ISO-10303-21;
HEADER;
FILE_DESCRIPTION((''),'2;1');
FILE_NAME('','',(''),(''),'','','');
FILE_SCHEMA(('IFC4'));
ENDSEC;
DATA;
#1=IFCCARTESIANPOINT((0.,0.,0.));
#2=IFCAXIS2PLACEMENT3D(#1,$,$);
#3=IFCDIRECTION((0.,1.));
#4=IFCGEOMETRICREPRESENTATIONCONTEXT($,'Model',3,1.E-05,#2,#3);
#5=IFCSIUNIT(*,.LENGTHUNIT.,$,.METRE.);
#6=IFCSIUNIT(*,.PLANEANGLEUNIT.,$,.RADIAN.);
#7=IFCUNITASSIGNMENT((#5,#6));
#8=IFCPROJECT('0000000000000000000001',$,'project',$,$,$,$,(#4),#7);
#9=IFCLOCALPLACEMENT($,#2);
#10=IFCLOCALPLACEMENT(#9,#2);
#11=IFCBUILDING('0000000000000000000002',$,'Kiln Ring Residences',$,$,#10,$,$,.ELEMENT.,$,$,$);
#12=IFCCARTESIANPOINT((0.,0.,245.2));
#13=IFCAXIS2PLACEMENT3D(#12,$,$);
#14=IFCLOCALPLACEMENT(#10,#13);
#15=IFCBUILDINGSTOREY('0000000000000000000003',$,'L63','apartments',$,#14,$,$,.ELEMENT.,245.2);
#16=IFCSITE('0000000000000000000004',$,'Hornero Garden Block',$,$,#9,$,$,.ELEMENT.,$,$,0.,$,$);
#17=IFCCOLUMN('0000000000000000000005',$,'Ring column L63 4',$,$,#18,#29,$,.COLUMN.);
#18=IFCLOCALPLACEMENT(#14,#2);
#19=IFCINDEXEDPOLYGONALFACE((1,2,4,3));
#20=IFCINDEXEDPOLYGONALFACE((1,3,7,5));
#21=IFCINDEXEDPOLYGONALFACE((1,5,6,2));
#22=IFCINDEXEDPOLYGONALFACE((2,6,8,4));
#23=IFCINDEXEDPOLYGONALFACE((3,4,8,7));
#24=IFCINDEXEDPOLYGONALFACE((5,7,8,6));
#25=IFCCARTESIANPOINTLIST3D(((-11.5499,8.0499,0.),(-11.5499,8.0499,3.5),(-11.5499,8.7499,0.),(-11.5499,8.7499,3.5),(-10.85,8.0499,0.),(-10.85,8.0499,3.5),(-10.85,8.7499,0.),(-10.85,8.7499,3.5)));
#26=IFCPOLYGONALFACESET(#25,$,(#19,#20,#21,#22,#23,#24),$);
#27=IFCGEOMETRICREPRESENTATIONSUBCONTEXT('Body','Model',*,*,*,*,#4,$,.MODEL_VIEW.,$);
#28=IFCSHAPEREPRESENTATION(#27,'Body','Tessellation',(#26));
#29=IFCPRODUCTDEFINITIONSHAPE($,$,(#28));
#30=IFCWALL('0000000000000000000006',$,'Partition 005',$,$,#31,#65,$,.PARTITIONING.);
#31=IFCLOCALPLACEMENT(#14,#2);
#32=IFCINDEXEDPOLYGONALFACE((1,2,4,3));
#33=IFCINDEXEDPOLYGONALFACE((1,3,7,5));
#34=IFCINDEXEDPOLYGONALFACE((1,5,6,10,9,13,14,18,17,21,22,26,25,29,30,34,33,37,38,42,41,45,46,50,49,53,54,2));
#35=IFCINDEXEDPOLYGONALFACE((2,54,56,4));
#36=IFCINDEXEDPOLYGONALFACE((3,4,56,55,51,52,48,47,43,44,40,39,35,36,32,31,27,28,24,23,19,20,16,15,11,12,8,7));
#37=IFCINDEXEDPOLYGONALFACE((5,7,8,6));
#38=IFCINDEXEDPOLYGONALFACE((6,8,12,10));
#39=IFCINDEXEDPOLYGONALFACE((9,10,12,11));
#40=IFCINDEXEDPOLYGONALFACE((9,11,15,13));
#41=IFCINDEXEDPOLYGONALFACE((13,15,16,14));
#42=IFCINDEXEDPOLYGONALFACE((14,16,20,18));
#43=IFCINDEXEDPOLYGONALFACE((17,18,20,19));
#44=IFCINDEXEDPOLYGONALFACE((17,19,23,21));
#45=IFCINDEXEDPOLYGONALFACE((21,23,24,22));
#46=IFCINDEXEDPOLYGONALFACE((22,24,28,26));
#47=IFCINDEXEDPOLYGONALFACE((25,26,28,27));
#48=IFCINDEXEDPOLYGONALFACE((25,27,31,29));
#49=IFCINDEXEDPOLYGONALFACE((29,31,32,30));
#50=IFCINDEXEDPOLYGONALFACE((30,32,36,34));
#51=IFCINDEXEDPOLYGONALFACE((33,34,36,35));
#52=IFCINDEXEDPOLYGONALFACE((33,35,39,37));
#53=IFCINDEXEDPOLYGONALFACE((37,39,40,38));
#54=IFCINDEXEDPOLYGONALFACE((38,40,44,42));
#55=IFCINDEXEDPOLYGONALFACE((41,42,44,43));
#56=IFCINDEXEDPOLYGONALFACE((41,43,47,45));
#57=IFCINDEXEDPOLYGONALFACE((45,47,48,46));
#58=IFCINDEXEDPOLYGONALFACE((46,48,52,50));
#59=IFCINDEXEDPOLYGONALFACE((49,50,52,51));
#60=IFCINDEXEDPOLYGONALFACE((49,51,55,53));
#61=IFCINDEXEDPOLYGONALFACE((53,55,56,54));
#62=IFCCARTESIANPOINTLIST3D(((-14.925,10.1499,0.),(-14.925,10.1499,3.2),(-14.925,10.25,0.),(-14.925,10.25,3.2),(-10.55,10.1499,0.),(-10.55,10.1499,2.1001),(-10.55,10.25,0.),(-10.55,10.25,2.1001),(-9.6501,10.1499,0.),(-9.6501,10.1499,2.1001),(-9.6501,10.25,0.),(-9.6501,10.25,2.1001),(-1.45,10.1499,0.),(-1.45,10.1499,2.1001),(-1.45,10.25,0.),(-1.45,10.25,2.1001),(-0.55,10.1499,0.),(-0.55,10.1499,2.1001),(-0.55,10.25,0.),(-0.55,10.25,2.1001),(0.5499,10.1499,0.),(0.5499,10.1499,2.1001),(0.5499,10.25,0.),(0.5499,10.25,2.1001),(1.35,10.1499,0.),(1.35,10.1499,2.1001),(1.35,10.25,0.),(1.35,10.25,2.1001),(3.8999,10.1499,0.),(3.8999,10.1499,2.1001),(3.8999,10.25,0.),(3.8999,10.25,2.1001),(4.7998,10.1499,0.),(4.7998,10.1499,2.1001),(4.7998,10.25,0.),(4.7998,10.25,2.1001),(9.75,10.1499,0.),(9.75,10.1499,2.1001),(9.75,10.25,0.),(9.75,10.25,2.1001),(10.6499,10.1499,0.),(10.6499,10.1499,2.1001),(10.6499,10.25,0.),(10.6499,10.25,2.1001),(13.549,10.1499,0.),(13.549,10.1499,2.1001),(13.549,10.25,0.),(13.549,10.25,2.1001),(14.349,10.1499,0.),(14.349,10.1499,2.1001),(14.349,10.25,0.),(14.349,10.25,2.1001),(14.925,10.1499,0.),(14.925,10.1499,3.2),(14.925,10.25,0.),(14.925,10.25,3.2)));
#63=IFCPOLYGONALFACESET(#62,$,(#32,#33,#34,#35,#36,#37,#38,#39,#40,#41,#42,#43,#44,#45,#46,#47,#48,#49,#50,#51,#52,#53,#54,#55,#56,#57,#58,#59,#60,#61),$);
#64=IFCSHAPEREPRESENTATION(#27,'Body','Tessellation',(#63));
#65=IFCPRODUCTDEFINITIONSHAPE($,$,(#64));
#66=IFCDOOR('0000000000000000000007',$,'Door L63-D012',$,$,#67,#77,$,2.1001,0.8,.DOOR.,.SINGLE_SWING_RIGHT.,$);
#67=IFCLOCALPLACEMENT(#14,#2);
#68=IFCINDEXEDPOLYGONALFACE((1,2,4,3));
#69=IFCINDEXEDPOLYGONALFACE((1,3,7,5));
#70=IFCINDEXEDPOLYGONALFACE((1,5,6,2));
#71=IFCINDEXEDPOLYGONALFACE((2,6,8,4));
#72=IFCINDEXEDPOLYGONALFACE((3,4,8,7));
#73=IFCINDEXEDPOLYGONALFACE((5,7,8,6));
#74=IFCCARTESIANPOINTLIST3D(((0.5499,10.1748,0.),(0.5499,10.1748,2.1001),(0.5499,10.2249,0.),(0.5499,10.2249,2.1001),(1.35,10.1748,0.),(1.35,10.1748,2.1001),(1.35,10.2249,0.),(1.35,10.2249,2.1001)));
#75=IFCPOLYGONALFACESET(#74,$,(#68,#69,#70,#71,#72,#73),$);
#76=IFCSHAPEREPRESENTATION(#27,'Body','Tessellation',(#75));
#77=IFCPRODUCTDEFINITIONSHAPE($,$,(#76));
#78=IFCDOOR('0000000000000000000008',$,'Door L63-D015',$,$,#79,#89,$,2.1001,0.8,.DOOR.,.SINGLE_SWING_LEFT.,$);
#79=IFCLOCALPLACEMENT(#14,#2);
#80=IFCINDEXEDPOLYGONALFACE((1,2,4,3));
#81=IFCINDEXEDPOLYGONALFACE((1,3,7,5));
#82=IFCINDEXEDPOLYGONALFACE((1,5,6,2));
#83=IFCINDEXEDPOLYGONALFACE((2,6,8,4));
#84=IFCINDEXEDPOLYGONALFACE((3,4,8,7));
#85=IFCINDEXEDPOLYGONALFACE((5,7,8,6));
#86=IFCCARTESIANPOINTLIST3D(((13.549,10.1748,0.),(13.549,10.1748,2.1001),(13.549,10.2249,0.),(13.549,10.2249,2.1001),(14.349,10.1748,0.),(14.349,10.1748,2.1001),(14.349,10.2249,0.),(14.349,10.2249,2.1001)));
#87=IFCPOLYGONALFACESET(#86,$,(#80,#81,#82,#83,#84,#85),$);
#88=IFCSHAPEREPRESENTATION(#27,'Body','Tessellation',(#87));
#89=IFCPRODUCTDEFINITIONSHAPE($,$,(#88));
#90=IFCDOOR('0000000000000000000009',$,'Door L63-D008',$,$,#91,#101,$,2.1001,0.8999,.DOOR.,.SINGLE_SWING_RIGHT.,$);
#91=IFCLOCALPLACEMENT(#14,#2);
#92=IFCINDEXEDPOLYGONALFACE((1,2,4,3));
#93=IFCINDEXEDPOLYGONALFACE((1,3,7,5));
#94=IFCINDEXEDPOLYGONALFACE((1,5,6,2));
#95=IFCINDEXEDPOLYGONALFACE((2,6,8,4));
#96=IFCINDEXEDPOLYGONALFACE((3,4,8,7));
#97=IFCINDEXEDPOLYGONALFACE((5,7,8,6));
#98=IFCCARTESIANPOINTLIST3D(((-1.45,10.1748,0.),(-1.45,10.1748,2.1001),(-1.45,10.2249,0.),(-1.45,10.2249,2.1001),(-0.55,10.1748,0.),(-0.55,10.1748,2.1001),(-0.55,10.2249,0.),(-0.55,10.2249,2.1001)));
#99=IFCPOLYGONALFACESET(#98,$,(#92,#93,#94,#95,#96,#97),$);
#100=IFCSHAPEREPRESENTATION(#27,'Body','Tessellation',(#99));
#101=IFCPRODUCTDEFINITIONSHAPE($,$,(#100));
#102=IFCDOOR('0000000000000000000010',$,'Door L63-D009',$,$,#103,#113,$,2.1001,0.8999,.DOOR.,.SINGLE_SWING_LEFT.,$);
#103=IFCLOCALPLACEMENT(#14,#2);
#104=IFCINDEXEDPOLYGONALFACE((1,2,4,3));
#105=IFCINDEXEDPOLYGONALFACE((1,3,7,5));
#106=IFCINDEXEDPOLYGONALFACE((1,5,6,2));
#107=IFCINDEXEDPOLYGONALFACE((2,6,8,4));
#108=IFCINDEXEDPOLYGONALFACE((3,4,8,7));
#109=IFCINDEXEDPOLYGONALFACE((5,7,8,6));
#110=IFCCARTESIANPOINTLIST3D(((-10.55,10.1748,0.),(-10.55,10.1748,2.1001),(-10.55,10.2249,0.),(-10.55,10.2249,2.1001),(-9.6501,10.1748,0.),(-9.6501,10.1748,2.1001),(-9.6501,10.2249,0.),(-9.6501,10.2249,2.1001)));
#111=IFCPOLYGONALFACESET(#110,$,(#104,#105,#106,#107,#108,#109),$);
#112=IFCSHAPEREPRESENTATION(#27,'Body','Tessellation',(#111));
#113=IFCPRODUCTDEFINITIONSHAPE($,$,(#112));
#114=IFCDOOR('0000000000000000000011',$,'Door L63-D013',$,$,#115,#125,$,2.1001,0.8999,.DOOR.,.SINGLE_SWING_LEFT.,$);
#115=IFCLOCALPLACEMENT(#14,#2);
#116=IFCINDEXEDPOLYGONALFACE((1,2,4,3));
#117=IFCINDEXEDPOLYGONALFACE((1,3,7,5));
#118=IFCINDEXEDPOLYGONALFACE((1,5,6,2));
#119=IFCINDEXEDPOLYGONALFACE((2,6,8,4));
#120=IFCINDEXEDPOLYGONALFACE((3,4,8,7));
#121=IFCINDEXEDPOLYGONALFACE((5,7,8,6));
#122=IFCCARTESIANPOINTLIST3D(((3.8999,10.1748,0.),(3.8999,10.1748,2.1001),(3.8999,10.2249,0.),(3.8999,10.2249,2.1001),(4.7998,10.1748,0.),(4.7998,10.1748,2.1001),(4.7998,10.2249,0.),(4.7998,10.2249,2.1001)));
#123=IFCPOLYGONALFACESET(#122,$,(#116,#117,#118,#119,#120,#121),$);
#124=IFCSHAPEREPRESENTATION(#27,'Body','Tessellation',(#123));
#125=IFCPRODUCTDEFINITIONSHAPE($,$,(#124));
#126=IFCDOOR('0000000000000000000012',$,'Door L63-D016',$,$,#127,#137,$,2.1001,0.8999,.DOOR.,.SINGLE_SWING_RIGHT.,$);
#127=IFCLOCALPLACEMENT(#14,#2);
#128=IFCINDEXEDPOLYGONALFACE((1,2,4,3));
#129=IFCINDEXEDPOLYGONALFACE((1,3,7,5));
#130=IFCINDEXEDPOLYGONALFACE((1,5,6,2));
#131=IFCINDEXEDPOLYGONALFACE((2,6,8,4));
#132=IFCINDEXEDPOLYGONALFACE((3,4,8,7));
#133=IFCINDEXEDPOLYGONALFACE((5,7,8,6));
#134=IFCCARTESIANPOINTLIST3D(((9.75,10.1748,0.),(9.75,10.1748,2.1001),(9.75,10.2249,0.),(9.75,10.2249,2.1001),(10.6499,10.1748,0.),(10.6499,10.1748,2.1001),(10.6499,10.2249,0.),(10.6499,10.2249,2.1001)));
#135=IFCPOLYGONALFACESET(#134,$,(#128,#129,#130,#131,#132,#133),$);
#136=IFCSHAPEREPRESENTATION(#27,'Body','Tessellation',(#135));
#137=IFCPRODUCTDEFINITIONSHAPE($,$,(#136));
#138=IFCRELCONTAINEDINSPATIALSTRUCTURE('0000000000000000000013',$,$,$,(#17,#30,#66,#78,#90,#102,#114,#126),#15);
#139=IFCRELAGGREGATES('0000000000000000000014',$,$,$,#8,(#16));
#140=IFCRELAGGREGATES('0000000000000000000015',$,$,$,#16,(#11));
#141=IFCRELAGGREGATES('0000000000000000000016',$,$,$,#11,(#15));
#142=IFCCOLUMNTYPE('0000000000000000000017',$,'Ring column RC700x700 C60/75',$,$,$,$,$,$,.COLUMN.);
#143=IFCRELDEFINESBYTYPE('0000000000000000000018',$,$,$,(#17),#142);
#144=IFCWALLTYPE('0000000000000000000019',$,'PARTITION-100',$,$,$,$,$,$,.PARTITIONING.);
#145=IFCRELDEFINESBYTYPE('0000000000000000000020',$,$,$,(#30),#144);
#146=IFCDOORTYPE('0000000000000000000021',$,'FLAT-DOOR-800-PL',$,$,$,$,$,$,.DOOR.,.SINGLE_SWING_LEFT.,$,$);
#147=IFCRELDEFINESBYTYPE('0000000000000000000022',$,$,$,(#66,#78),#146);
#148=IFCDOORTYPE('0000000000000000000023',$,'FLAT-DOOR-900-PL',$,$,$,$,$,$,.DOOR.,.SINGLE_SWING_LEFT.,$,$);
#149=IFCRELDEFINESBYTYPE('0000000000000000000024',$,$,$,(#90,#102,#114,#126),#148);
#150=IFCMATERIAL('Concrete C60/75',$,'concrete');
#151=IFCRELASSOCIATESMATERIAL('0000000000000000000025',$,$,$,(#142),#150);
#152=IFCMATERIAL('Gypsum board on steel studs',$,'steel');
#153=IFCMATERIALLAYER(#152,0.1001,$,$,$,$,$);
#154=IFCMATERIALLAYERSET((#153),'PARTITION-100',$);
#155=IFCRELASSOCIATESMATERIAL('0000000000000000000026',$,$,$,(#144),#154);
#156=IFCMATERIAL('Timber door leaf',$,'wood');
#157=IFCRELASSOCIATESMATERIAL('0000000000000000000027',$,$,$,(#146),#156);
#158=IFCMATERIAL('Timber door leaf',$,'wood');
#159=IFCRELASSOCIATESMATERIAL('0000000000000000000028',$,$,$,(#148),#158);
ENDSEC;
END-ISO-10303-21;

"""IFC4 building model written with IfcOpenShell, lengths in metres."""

from ifc_helpers import new_model, si_unit, direction, frame, frame_2d, origin, origin_2d, place, context, subcontext, project, spatial, rectangle, extrude, material, layer, layer_set, material_profile, profile_set, type_object, element, fill, save


model = new_model("IFC4")

# Units and contexts
model_context = context("Model", 3, precision=1e-05, world=origin(), true_north=direction((0.0, 1.0)))
body_context = subcontext(model_context, "Body", "Model", "MODEL_VIEW")
ifc_project = project(units=[si_unit("LENGTHUNIT", "METRE"), si_unit("PLANEANGLEUNIT", "RADIAN")], contexts=[model_context])

# Site, building, storey
site_placement = place(None, origin())
site = spatial("IfcSite", under=ifc_project, at=site_placement, Name="Hornero Garden Block", CompositionType="ELEMENT", RefElevation=0.0)
building_placement = place(site_placement, origin())
building = spatial("IfcBuilding", under=site, at=building_placement, Name="Kiln Ring Residences", CompositionType="ELEMENT")
storey_placement = place(building_placement, frame((0.0, 0.0, 245.2)))
storey = spatial("IfcBuildingStorey", under=building, at=storey_placement, Name="L63", Description="apartments", CompositionType="ELEMENT", Elevation=245.2)

# Column
ifc_material_1 = material(Name="Concrete C60/75", Category="concrete")
ifc_material_profile = material_profile(ifc_material_1, rectangle(XDim=0.7, YDim=0.7, at=origin_2d()), Name="RC700x700")
ifc_profile_set = profile_set([ifc_material_profile], Name="Concrete C60/75")
column_type = type_object("IfcColumnType", Name="Ring column RC700x700 C60/75", PredefinedType="COLUMN", material=ifc_profile_set)
column_placement = place(storey_placement, frame((-11.2, 8.3999, 0.0), z_axis=(0.0, 0.0, 1.0), x_axis=(1.0, 0.0, 0.0)))
element("IfcColumn", 1, at=column_placement, inside=storey, type_object=column_type, Name="Ring column L63 4", PredefinedType="COLUMN", context=body_context, shape_type="SweptSolid", body=[
    extrude(rectangle(XDim=0.7, YDim=0.7, at=origin_2d()), origin(), (0.0, 0.0, 1.0), 3.5),
])

# Wall, openings, doors
ifc_material_2 = material(Name="Gypsum board on steel studs", Category="steel")
ifc_layer_1 = layer(ifc_material_2, 0.1001)
ifc_layer_set_1 = layer_set([ifc_layer_1], Name="PARTITION-100")
wall_type_1 = type_object("IfcWallType", Name="PARTITION-100", PredefinedType="PARTITIONING", material=ifc_layer_set_1)
wall_1_placement = place(storey_placement, frame((-14.925, 10.2, 0.0), z_axis=(0.0, 0.0, 1.0), x_axis=(1.0, 0.0, 0.0)))
wall_1 = element("IfcWall", 2, at=wall_1_placement, inside=storey, type_object=wall_type_1, Name="Partition 005", PredefinedType="PARTITIONING", context=body_context, shape_type="SweptSolid", body=[
    extrude(rectangle(XDim=29.8501, YDim=0.1001, at=frame_2d((14.925, 0.0))), origin(), (0.0, 0.0, 1.0), 3.2),
])
opening_1_placement = place(wall_1_placement, frame((13.4751, 0.0, 0.0)))
opening_1 = element("IfcOpeningElement", 3, at=opening_1_placement, cuts=wall_1, PredefinedType="OPENING", context=body_context, shape_type="SweptSolid", body=[
    extrude(rectangle(XDim=0.8999, YDim=2.1001, at=frame_2d((0.45, 1.05))), frame((0.0, 0.0601, 0.0), z_axis=(0.0, -1.0, 0.0), x_axis=(1.0, 0.0, 0.0)), (0.0, 0.0, 1.0), 0.1201),
])
opening_2_placement = place(wall_1_placement, frame((4.375, 0.0, 0.0)))
opening_2 = element("IfcOpeningElement", 4, at=opening_2_placement, cuts=wall_1, PredefinedType="OPENING", context=body_context, shape_type="SweptSolid", body=[
    extrude(rectangle(XDim=0.8999, YDim=2.1001, at=frame_2d((0.45, 1.05))), frame((0.0, 0.0601, 0.0), z_axis=(0.0, -1.0, 0.0), x_axis=(1.0, 0.0, 0.0)), (0.0, 0.0, 1.0), 0.1201),
])
opening_3_placement = place(wall_1_placement, frame((15.4751, 0.0, 0.0)))
opening_3 = element("IfcOpeningElement", 5, at=opening_3_placement, cuts=wall_1, PredefinedType="OPENING", context=body_context, shape_type="SweptSolid", body=[
    extrude(rectangle(XDim=0.8, YDim=2.1001, at=frame_2d((0.3999, 1.05))), frame((0.0, 0.0601, 0.0), z_axis=(0.0, -1.0, 0.0), x_axis=(1.0, 0.0, 0.0)), (0.0, 0.0, 1.0), 0.1201),
])
opening_4_placement = place(wall_1_placement, frame((18.825, 0.0, 0.0)))
opening_4 = element("IfcOpeningElement", 6, at=opening_4_placement, cuts=wall_1, PredefinedType="OPENING", context=body_context, shape_type="SweptSolid", body=[
    extrude(rectangle(XDim=0.8999, YDim=2.1001, at=frame_2d((0.45, 1.05))), frame((0.0, 0.0601, 0.0), z_axis=(0.0, -1.0, 0.0), x_axis=(1.0, 0.0, 0.0)), (0.0, 0.0, 1.0), 0.1201),
])
opening_5_placement = place(wall_1_placement, frame((28.4741, 0.0, 0.0)))
opening_5 = element("IfcOpeningElement", 7, at=opening_5_placement, cuts=wall_1, PredefinedType="OPENING", context=body_context, shape_type="SweptSolid", body=[
    extrude(rectangle(XDim=0.8, YDim=2.1001, at=frame_2d((0.3999, 1.05))), frame((0.0, 0.0601, 0.0), z_axis=(0.0, -1.0, 0.0), x_axis=(1.0, 0.0, 0.0)), (0.0, 0.0, 1.0), 0.1201),
])
opening_6_placement = place(wall_1_placement, frame((24.675, 0.0, 0.0)))
opening_6 = element("IfcOpeningElement", 8, at=opening_6_placement, cuts=wall_1, PredefinedType="OPENING", context=body_context, shape_type="SweptSolid", body=[
    extrude(rectangle(XDim=0.8999, YDim=2.1001, at=frame_2d((0.45, 1.05))), frame((0.0, 0.0601, 0.0), z_axis=(0.0, -1.0, 0.0), x_axis=(1.0, 0.0, 0.0)), (0.0, 0.0, 1.0), 0.1201),
])
ifc_material_3 = material(Name="Timber door leaf", Category="wood")
door_type_1 = type_object("IfcDoorType", Name="FLAT-DOOR-800-PL", OperationType="SINGLE_SWING_LEFT", PredefinedType="DOOR", material=ifc_material_3)
door_1_placement = place(opening_3_placement, origin())
door_1 = element("IfcDoor", 9, at=door_1_placement, inside=storey, type_object=door_type_1, Name="Door L63-D012", OperationType="SINGLE_SWING_RIGHT", OverallHeight=2.1001, OverallWidth=0.8, PredefinedType="DOOR", context=body_context, shape_type="SweptSolid", body=[
    extrude(rectangle(XDim=0.8, YDim=2.1001, at=frame_2d((0.3999, 1.05))), frame((0.0, 0.0249, 0.0), z_axis=(0.0, -1.0, 0.0), x_axis=(1.0, 0.0, 0.0)), (0.0, 0.0, 1.0), 0.05),
])
fill(opening_3, door_1)
door_2_placement = place(opening_5_placement, origin())
door_2 = element("IfcDoor", 10, at=door_2_placement, inside=storey, type_object=door_type_1, Name="Door L63-D015", OperationType="SINGLE_SWING_LEFT", OverallHeight=2.1001, OverallWidth=0.8, PredefinedType="DOOR", context=body_context, shape_type="SweptSolid", body=[
    extrude(rectangle(XDim=0.8, YDim=2.1001, at=frame_2d((0.3999, 1.05))), frame((0.0, 0.0249, 0.0), z_axis=(0.0, -1.0, 0.0), x_axis=(1.0, 0.0, 0.0)), (0.0, 0.0, 1.0), 0.05),
])
fill(opening_5, door_2)
ifc_material_4 = material(Name="Timber door leaf", Category="wood")
door_type_2 = type_object("IfcDoorType", Name="FLAT-DOOR-900-PL", OperationType="SINGLE_SWING_LEFT", PredefinedType="DOOR", material=ifc_material_4)
door_3_placement = place(opening_1_placement, origin())
door_3 = element("IfcDoor", 11, at=door_3_placement, inside=storey, type_object=door_type_2, Name="Door L63-D008", OperationType="SINGLE_SWING_RIGHT", OverallHeight=2.1001, OverallWidth=0.8999, PredefinedType="DOOR", context=body_context, shape_type="SweptSolid", body=[
    extrude(rectangle(XDim=0.8999, YDim=2.1001, at=frame_2d((0.45, 1.05))), frame((0.0, 0.0249, 0.0), z_axis=(0.0, -1.0, 0.0), x_axis=(1.0, 0.0, 0.0)), (0.0, 0.0, 1.0), 0.05),
])
fill(opening_1, door_3)
door_4_placement = place(opening_2_placement, origin())
door_4 = element("IfcDoor", 12, at=door_4_placement, inside=storey, type_object=door_type_2, Name="Door L63-D009", OperationType="SINGLE_SWING_LEFT", OverallHeight=2.1001, OverallWidth=0.8999, PredefinedType="DOOR", context=body_context, shape_type="SweptSolid", body=[
    extrude(rectangle(XDim=0.8999, YDim=2.1001, at=frame_2d((0.45, 1.05))), frame((0.0, 0.0249, 0.0), z_axis=(0.0, -1.0, 0.0), x_axis=(1.0, 0.0, 0.0)), (0.0, 0.0, 1.0), 0.05),
])
fill(opening_2, door_4)
door_5_placement = place(opening_4_placement, origin())
door_5 = element("IfcDoor", 13, at=door_5_placement, inside=storey, type_object=door_type_2, Name="Door L63-D013", OperationType="SINGLE_SWING_LEFT", OverallHeight=2.1001, OverallWidth=0.8999, PredefinedType="DOOR", context=body_context, shape_type="SweptSolid", body=[
    extrude(rectangle(XDim=0.8999, YDim=2.1001, at=frame_2d((0.45, 1.05))), frame((0.0, 0.0249, 0.0), z_axis=(0.0, -1.0, 0.0), x_axis=(1.0, 0.0, 0.0)), (0.0, 0.0, 1.0), 0.05),
])
fill(opening_4, door_5)
door_6_placement = place(opening_6_placement, origin())
door_6 = element("IfcDoor", 14, at=door_6_placement, inside=storey, type_object=door_type_2, Name="Door L63-D016", OperationType="SINGLE_SWING_RIGHT", OverallHeight=2.1001, OverallWidth=0.8999, PredefinedType="DOOR", context=body_context, shape_type="SweptSolid", body=[
    extrude(rectangle(XDim=0.8999, YDim=2.1001, at=frame_2d((0.45, 1.05))), frame((0.0, 0.0249, 0.0), z_axis=(0.0, -1.0, 0.0), x_axis=(1.0, 0.0, 0.0)), (0.0, 0.0, 1.0), 0.05),
])
fill(opening_6, door_6)

save(model, "model.ifc")
